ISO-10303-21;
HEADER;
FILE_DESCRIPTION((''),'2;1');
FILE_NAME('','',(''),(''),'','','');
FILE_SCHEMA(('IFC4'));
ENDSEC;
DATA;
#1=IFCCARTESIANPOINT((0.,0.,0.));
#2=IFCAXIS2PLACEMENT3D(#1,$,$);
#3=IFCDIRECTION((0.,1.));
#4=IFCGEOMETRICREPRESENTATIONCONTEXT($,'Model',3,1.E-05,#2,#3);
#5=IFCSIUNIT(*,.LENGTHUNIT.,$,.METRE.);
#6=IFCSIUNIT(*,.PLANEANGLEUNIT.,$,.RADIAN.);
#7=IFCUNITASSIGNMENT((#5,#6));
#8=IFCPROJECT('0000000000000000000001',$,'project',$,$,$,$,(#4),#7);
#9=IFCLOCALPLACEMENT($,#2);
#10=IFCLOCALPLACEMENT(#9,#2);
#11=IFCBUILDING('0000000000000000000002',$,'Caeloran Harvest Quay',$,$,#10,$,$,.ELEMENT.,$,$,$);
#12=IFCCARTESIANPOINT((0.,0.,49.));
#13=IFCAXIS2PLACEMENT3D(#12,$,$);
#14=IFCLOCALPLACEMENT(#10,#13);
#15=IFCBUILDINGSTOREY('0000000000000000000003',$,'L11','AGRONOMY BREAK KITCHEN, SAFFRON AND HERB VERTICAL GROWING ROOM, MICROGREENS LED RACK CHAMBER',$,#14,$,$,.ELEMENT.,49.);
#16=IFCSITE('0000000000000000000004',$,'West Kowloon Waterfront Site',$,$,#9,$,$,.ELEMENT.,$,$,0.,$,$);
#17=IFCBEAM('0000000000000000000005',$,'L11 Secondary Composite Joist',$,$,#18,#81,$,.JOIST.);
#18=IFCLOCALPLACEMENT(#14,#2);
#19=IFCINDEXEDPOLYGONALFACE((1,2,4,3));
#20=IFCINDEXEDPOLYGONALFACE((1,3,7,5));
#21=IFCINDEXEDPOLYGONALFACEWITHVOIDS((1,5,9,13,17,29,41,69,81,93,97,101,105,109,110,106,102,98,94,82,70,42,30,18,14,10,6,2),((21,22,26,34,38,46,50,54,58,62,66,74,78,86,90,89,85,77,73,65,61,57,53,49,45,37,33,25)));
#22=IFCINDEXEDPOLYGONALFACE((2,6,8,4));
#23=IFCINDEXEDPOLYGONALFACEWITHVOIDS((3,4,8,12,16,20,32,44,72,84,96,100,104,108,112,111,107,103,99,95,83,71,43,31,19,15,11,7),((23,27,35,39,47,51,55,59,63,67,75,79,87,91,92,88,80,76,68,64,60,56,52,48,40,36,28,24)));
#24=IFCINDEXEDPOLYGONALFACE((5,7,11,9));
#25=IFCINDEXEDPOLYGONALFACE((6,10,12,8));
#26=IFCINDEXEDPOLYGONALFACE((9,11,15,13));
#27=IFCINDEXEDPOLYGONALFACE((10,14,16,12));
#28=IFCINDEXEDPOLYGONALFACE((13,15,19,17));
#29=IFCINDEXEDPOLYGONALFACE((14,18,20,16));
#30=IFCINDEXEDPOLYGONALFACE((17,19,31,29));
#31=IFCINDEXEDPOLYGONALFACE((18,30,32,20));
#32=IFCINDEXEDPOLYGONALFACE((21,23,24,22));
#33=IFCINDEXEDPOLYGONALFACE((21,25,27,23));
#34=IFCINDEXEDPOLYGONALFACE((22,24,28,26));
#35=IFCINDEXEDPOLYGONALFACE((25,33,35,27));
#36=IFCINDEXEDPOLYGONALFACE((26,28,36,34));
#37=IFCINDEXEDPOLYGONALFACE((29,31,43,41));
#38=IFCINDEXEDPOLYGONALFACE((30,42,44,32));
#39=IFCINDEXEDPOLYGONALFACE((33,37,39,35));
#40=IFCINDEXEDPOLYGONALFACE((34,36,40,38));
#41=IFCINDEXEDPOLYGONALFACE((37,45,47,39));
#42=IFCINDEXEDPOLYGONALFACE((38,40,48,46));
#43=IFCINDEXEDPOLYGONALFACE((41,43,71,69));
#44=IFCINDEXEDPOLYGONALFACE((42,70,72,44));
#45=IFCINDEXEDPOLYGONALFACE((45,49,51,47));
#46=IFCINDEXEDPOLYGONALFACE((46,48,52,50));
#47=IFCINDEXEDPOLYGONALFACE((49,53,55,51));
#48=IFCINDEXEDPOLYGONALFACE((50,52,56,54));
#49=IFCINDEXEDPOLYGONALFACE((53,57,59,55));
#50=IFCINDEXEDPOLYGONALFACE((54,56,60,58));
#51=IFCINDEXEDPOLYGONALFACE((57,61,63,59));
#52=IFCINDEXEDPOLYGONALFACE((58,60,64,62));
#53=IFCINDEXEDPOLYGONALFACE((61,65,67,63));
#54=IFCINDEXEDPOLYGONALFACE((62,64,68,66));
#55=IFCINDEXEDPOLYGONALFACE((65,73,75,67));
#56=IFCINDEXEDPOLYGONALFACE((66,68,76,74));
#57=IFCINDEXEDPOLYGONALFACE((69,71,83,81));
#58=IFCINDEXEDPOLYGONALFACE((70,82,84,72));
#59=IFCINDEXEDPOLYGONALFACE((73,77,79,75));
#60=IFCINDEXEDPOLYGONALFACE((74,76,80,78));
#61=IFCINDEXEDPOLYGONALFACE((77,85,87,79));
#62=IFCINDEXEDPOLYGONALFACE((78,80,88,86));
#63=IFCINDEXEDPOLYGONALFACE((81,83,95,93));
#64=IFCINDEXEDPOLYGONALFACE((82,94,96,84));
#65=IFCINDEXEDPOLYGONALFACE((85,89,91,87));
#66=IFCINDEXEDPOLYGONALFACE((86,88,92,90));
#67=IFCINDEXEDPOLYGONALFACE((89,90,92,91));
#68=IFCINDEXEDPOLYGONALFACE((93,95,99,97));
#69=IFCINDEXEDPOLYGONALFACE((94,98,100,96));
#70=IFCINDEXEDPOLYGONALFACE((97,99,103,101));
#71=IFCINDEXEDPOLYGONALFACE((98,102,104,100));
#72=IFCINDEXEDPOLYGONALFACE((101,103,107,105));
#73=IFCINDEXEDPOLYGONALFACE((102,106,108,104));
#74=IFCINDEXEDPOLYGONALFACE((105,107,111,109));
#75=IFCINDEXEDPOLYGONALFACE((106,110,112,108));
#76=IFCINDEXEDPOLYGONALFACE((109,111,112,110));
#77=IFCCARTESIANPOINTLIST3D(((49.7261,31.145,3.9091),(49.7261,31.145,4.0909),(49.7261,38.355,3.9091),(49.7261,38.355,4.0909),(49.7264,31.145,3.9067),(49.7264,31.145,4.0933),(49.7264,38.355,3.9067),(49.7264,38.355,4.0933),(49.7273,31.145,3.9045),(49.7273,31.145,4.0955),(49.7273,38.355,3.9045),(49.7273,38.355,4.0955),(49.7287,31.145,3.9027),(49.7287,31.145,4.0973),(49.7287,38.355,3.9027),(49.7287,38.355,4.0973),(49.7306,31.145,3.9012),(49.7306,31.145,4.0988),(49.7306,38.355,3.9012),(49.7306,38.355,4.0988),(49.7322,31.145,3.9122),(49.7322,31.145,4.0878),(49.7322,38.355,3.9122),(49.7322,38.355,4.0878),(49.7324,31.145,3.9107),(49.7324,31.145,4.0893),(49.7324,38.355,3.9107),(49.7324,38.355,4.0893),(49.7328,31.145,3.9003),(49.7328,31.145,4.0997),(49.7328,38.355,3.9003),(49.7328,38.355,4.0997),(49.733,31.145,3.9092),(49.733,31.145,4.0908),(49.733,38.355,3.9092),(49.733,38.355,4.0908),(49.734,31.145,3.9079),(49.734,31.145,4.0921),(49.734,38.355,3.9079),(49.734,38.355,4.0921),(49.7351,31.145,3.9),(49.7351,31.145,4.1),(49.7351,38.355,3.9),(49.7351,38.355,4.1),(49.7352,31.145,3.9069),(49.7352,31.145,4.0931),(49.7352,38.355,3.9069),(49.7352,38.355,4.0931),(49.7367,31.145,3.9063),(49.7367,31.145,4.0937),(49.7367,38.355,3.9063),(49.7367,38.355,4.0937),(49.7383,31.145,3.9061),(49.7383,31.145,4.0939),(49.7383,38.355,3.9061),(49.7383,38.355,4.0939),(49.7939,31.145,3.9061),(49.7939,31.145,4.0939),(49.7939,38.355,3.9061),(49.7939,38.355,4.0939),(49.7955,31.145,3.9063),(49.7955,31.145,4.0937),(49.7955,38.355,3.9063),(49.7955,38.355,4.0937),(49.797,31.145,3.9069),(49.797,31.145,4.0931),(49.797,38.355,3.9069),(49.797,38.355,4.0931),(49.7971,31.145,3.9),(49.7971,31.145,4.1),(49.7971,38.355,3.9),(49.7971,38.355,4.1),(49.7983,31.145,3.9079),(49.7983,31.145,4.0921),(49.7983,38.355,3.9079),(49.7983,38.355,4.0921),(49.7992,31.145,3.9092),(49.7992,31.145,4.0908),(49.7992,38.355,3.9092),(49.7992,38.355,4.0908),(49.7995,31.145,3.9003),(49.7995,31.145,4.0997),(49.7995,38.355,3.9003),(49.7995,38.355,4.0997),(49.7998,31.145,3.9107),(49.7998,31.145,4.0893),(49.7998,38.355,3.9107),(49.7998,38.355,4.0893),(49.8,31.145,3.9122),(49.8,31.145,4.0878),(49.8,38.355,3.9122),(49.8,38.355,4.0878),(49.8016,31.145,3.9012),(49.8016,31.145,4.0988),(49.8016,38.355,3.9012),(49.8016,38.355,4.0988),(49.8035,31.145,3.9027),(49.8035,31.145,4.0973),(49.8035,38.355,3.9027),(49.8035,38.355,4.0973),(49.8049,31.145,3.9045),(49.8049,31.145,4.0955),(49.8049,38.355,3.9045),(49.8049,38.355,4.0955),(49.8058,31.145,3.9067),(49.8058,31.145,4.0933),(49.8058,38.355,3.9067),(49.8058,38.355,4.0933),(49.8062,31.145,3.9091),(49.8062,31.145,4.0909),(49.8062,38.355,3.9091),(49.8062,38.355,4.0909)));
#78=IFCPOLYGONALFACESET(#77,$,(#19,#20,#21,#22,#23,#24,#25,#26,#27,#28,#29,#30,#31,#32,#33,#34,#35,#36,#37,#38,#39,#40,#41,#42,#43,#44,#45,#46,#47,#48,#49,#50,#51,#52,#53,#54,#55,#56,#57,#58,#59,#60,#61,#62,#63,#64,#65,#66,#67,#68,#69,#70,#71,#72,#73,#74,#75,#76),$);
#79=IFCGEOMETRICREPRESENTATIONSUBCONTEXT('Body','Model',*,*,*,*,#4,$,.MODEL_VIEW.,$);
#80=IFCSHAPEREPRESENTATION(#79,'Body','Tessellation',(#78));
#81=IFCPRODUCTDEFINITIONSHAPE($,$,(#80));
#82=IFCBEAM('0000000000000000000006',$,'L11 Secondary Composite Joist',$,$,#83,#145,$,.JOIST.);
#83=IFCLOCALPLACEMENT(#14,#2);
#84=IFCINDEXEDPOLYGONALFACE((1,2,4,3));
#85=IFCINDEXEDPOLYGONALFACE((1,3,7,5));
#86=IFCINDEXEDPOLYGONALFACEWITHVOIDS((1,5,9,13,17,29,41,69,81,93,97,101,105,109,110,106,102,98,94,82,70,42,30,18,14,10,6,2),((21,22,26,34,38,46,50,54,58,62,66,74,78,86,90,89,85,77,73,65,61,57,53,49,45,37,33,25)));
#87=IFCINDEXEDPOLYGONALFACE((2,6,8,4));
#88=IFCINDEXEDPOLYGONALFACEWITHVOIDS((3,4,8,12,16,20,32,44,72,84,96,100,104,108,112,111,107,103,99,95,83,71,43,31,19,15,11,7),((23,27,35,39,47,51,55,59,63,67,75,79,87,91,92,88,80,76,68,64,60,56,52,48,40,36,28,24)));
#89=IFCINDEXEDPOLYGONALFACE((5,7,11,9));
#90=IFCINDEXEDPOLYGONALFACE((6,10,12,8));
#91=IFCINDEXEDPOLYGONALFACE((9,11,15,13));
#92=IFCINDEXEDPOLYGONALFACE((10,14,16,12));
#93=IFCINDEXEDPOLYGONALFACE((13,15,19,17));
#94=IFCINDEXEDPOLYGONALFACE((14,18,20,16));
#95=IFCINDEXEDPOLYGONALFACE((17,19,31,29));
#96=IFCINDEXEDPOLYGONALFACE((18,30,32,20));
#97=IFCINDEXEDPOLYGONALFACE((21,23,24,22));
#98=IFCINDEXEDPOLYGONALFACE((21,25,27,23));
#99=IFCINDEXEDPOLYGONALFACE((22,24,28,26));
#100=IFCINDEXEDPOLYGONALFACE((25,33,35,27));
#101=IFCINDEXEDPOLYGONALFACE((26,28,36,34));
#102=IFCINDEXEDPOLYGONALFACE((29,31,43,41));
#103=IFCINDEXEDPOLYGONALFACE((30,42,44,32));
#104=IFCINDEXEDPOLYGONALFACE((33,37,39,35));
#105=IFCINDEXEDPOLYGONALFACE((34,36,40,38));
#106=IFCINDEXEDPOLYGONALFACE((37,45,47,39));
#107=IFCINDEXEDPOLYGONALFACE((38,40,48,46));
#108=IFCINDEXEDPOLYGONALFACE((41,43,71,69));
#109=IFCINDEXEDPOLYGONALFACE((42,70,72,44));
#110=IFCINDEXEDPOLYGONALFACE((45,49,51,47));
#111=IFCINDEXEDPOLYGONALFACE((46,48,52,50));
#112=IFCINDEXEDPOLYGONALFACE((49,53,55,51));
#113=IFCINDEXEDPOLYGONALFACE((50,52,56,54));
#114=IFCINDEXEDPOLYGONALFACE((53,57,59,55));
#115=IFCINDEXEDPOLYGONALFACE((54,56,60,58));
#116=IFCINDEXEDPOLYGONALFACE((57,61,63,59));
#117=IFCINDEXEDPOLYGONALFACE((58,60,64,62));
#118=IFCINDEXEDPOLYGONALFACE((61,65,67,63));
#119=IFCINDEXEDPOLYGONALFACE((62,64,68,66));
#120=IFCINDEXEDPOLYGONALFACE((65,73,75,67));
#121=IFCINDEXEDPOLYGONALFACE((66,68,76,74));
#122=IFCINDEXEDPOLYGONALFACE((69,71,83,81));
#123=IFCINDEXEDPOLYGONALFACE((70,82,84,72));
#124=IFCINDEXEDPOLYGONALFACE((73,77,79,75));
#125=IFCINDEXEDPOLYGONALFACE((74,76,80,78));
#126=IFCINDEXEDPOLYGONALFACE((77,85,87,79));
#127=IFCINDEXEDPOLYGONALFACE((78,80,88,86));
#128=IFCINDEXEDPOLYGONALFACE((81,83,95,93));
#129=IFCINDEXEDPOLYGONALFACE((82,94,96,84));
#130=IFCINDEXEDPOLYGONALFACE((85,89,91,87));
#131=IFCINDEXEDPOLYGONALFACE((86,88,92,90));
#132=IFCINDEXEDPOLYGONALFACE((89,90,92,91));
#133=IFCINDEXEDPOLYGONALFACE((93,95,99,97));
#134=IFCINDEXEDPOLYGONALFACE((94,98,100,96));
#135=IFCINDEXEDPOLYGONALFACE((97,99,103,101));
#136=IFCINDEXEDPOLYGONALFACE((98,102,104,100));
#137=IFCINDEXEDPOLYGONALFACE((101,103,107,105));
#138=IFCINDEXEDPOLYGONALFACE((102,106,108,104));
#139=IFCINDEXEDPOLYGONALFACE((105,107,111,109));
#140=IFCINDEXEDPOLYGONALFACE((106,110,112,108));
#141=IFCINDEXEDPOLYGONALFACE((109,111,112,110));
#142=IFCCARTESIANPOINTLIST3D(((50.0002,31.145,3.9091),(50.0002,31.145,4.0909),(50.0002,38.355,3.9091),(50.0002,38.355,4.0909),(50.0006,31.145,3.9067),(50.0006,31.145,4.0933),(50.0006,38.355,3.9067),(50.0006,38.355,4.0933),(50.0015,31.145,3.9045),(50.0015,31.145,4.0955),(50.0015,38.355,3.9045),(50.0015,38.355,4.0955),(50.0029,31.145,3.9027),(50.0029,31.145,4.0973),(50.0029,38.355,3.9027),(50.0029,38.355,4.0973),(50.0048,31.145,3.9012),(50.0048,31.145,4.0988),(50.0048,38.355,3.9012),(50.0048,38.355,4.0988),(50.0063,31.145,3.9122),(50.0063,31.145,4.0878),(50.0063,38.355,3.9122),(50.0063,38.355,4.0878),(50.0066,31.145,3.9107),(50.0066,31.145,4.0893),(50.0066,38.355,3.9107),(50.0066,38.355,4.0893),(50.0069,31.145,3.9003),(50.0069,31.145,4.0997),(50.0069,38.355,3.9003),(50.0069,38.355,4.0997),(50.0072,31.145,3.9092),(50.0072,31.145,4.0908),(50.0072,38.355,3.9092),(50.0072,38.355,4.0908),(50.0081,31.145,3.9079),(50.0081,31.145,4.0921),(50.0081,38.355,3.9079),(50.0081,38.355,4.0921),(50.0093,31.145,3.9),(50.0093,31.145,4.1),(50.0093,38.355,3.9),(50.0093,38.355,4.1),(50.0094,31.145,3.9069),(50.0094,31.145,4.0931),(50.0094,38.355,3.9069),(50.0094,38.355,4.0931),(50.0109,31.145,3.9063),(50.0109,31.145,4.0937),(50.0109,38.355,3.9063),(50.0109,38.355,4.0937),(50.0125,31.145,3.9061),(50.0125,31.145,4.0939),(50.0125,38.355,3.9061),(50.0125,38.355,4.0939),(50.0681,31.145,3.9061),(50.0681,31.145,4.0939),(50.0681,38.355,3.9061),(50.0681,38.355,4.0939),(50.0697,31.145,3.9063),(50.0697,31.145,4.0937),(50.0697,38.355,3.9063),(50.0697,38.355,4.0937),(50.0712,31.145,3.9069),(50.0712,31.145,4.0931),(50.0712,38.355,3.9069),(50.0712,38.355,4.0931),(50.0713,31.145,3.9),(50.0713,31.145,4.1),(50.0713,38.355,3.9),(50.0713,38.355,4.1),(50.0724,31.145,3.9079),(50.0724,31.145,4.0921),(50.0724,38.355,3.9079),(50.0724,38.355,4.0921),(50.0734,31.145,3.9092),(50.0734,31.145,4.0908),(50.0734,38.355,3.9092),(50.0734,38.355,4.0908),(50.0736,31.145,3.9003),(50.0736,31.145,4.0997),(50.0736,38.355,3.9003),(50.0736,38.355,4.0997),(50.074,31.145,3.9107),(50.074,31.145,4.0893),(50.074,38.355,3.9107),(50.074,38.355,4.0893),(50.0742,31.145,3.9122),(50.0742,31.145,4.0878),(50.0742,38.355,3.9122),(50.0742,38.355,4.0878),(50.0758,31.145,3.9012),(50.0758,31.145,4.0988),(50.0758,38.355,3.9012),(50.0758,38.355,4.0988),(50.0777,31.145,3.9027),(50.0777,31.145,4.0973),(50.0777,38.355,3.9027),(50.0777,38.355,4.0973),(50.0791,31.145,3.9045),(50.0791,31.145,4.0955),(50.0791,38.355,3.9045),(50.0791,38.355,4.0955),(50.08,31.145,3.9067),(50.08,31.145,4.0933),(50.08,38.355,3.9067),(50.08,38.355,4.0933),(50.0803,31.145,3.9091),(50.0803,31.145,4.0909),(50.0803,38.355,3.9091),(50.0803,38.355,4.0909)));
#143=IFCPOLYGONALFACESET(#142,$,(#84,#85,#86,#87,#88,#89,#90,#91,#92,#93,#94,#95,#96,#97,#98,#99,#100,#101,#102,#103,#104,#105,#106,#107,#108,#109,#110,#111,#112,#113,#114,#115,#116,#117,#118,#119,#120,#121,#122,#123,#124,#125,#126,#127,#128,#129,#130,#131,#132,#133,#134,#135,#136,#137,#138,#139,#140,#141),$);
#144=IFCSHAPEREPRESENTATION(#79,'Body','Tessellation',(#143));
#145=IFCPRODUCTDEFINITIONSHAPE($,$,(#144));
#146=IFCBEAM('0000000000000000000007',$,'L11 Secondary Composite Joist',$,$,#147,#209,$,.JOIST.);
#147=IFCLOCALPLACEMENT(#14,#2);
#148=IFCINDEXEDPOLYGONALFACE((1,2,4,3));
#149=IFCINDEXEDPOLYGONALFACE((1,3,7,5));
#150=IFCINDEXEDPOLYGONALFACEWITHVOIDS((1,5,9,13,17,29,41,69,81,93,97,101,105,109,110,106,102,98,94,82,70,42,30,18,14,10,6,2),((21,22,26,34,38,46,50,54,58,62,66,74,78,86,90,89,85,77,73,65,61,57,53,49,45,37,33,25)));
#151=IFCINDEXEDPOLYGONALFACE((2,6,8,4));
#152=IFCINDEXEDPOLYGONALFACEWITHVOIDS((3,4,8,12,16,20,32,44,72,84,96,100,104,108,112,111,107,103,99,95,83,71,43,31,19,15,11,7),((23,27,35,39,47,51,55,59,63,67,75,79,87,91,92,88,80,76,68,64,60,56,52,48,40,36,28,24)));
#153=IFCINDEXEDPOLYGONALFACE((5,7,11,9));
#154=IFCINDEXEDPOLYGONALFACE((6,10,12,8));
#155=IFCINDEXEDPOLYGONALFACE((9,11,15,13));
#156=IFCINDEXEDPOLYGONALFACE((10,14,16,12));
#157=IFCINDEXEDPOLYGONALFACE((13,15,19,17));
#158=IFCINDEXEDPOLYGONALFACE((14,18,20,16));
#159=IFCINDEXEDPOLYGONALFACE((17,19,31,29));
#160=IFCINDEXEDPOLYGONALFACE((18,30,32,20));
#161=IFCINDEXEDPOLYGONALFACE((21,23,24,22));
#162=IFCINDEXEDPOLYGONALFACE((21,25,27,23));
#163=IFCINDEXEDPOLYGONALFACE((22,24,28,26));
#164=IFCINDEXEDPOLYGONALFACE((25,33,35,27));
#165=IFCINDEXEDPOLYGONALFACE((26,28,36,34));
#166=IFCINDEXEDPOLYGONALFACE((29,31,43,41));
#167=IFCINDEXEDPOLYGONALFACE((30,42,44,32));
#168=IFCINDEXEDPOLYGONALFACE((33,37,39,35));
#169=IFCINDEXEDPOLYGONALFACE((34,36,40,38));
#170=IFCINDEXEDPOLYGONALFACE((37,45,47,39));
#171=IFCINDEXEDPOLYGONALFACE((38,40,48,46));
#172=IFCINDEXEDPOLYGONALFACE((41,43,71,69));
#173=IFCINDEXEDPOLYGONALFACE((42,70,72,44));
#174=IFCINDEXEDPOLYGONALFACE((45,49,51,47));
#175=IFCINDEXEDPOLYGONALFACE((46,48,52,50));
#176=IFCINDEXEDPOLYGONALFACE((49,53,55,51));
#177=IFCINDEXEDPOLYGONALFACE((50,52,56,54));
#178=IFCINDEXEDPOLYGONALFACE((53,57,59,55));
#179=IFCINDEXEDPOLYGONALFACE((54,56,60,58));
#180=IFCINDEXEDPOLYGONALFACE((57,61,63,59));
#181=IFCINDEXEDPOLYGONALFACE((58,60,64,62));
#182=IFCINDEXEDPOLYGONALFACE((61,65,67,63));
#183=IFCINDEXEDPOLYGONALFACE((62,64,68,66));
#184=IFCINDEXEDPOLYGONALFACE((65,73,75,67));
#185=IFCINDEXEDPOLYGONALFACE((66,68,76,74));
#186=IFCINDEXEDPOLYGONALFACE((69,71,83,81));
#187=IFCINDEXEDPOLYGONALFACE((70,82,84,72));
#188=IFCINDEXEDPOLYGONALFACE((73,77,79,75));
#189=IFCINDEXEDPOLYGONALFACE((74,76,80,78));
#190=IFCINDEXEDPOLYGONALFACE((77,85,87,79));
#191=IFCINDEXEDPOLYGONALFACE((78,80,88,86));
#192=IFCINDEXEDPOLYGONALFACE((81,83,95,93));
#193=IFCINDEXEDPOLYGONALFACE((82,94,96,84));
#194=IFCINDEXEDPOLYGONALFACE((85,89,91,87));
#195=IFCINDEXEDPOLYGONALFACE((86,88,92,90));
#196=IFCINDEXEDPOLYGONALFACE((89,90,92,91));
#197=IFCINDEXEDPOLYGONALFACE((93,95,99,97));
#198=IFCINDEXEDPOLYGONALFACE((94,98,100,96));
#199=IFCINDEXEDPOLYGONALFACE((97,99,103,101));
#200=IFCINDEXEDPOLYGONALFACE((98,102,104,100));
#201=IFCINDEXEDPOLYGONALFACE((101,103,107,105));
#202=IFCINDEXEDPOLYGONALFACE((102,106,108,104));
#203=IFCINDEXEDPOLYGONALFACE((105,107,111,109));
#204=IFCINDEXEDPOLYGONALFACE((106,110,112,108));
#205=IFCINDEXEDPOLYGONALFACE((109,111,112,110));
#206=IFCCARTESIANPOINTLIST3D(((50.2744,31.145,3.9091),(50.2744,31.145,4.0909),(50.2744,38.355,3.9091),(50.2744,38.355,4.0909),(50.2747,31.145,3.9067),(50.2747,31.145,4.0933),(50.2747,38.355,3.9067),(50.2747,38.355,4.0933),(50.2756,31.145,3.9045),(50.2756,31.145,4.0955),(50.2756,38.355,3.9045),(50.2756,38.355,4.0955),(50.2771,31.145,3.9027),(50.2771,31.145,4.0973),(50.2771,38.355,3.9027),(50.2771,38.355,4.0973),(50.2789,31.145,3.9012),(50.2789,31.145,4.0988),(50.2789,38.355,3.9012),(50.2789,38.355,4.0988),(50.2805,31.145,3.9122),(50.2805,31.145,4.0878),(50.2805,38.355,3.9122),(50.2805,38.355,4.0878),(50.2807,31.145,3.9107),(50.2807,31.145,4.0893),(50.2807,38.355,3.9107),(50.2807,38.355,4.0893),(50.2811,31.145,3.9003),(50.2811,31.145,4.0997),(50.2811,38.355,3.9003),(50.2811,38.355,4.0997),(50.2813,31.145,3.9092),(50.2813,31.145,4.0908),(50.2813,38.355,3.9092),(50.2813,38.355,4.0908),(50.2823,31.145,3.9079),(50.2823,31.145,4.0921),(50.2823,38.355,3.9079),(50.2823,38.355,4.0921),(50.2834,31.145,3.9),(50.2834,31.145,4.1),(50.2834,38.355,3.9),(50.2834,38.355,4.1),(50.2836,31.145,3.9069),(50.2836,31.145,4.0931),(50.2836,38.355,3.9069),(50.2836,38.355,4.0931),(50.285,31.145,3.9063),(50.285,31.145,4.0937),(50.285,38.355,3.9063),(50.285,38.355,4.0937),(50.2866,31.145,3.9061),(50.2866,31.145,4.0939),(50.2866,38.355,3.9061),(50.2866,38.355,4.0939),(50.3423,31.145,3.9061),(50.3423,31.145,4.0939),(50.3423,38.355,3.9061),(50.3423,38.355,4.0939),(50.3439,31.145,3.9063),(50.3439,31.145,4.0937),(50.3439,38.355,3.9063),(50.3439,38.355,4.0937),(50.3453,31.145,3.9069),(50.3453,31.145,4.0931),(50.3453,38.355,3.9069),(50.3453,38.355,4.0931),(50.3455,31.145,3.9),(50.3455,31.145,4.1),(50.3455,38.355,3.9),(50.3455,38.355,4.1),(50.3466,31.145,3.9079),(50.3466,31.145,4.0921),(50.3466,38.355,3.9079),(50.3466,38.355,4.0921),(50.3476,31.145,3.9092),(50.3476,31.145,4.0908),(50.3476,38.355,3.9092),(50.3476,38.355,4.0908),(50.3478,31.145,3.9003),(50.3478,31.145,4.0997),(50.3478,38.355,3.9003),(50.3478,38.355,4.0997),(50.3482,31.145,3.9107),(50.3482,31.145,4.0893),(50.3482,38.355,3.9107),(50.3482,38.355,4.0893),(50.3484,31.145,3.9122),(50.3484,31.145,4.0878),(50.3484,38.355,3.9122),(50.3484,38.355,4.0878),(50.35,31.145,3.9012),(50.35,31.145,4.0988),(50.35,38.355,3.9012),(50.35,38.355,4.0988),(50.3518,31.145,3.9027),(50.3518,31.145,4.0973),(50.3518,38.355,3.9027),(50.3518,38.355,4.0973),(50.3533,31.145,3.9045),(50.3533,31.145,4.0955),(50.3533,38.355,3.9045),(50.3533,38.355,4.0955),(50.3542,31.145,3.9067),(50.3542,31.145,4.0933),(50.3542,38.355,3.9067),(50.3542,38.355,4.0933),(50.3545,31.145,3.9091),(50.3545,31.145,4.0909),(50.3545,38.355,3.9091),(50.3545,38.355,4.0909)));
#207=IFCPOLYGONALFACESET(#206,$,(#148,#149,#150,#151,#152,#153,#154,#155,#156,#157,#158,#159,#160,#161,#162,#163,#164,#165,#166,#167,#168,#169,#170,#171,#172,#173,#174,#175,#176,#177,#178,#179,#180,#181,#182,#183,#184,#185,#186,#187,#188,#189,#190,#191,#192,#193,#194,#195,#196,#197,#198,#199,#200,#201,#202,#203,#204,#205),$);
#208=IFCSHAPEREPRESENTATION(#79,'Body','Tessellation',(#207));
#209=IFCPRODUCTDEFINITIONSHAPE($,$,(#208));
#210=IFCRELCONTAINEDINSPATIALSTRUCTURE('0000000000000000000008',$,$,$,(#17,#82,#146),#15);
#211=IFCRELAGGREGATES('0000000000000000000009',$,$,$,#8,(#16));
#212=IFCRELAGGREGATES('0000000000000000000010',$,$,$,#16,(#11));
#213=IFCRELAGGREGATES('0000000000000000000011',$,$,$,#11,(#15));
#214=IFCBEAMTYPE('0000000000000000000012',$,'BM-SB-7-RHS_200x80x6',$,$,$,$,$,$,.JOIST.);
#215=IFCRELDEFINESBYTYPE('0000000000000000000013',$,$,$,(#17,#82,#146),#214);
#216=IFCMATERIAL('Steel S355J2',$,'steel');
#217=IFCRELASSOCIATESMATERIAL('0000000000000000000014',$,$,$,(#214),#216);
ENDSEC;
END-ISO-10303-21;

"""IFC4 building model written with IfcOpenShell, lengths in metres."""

from ifc_helpers import new_model, si_unit, direction, frame, origin, origin_2d, place, context, subcontext, project, spatial, hollow_rectangle, extrude, material, material_profile, profile_set, type_object, element, save


model = new_model("IFC4")

# Units and contexts
model_context = context("Model", 3, precision=1e-05, world=origin(), true_north=direction((0.0, 1.0)))
body_context = subcontext(model_context, "Body", "Model", "MODEL_VIEW")
ifc_project = project(units=[si_unit("LENGTHUNIT", "METRE"), si_unit("PLANEANGLEUNIT", "RADIAN")], contexts=[model_context])

# Site, building, storey
site_placement = place(None, origin())
site = spatial("IfcSite", under=ifc_project, at=site_placement, Name="West Kowloon Waterfront Site", CompositionType="ELEMENT", RefElevation=0.0)
building_placement = place(site_placement, origin())
building = spatial("IfcBuilding", under=site, at=building_placement, Name="Caeloran Harvest Quay", CompositionType="ELEMENT")
storey_placement = place(building_placement, frame((0.0, 0.0, 49.0)))
storey = spatial("IfcBuildingStorey", under=building, at=storey_placement, Name="L11", Description="AGRONOMY BREAK KITCHEN, SAFFRON AND HERB VERTICAL GROWING ROOM, MICROGREENS LED RACK CHAMBER", CompositionType="ELEMENT", Elevation=49.0)

# Beams
ifc_material_1 = material(Name="Steel S355J2", Category="steel")
ifc_material_profile_1 = material_profile(ifc_material_1, hollow_rectangle(XDim=0.0801, YDim=0.2, WallThickness=0.0061, InnerFilletRadius=0.0061, OuterFilletRadius=0.009, at=origin_2d()), Name="RHS 200x80x6")
ifc_profile_set_1 = profile_set([ifc_material_profile_1], Name="Steel S355J2")
beam_type_1 = type_object("IfcBeamType", Name="BM-SB-7-RHS_200x80x6", PredefinedType="JOIST", material=ifc_profile_set_1)
for number, where, z_axis, x_axis, name in (
    (1, (49.7661, 31.145, 4.0), (0.0, 1.0, 0.0), (-1.0, 0.0, 0.0), "L11 Secondary Composite Joist"),
    (2, (50.0403, 31.145, 4.0), (0.0, 1.0, 0.0), (-1.0, 0.0, 0.0), "L11 Secondary Composite Joist"),
    (3, (50.3145, 31.145, 4.0), (0.0, 1.0, 0.0), (-1.0, 0.0, 0.0), "L11 Secondary Composite Joist"),
):
    element("IfcBeam", number, at=place(storey_placement, frame(where, z_axis=z_axis, x_axis=x_axis)), inside=storey, type_object=beam_type_1, Name=name, PredefinedType="JOIST", context=body_context, shape_type="SweptSolid", body=[
        extrude(hollow_rectangle(XDim=0.0801, YDim=0.2, WallThickness=0.0061, InnerFilletRadius=0.0061, OuterFilletRadius=0.009, at=origin_2d()), origin(), (0.0, 0.0, 1.0), 7.21),
    ])

save(model, "model.ifc")
